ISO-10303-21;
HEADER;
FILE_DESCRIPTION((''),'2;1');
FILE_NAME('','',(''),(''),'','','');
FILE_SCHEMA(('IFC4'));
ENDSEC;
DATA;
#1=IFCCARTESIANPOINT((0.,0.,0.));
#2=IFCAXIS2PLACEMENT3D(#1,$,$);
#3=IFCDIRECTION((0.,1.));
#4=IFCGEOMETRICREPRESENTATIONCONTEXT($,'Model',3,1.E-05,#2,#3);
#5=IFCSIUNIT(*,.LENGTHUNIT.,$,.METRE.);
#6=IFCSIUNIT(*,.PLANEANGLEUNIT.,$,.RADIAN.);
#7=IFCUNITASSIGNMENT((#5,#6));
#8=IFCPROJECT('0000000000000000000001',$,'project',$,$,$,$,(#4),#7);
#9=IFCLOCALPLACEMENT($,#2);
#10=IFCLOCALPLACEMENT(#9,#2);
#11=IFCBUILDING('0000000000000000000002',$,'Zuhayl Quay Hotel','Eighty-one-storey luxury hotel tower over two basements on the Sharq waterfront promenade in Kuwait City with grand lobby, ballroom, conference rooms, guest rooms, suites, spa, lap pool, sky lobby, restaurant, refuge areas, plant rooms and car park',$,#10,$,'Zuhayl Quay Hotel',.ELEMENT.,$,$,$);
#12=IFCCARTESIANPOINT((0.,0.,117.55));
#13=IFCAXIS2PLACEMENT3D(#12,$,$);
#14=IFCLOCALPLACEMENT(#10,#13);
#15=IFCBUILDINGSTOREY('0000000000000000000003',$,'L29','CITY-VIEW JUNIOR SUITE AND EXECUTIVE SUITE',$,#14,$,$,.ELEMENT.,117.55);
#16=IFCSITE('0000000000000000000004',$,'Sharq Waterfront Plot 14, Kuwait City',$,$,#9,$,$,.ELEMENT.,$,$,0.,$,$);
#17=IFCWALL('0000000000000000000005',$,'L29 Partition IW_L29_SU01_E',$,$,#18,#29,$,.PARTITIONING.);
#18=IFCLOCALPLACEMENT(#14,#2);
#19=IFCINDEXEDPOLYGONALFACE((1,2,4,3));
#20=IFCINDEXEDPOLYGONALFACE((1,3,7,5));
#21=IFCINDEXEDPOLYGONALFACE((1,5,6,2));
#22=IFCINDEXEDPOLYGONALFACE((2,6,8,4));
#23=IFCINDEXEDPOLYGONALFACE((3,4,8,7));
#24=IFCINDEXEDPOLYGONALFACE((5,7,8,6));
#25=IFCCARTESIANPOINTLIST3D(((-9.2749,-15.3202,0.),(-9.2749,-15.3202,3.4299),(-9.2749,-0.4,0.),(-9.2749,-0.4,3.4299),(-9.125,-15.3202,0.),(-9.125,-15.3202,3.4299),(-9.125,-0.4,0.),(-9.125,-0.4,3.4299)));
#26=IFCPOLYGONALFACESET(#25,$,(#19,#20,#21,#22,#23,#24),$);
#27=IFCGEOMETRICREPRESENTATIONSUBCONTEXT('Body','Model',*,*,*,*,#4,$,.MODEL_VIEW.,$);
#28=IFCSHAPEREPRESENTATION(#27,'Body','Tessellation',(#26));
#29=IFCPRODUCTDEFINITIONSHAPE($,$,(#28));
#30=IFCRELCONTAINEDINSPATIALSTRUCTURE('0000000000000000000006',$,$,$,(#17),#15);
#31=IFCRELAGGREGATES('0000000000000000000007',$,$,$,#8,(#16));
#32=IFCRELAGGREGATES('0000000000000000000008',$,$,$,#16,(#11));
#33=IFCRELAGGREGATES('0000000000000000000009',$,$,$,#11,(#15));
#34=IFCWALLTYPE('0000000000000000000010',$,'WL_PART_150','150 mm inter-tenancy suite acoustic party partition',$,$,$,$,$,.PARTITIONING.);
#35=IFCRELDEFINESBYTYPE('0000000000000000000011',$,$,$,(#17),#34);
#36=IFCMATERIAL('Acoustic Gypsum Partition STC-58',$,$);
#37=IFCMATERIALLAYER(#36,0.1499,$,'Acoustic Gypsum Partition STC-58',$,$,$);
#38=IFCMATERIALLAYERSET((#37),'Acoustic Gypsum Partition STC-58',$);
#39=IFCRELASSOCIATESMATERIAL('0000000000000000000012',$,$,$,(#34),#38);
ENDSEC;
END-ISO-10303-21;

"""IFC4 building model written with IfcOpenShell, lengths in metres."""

from ifc_helpers import new_model, si_unit, direction, frame, frame_2d, origin, place, context, subcontext, project, spatial, rectangle, extrude, material, layer, layer_set, type_object, element, save


model = new_model("IFC4")

# Units and contexts
model_context = context("Model", 3, precision=1e-05, world=origin(), true_north=direction((0.0, 1.0)))
body_context = subcontext(model_context, "Body", "Model", "MODEL_VIEW")
ifc_project = project(units=[si_unit("LENGTHUNIT", "METRE"), si_unit("PLANEANGLEUNIT", "RADIAN")], contexts=[model_context])

# Site, building, storey
site_placement = place(None, origin())
site = spatial("IfcSite", under=ifc_project, at=site_placement, Name="Sharq Waterfront Plot 14, Kuwait City", CompositionType="ELEMENT", RefElevation=0.0)
building_placement = place(site_placement, origin())
building = spatial("IfcBuilding", under=site, at=building_placement, Name="Zuhayl Quay Hotel", Description="Eighty-one-storey luxury hotel tower over two basements on the Sharq waterfront promenade in Kuwait City with grand lobby, ballroom, conference rooms, guest rooms, suites, spa, lap pool, sky lobby, restaurant, refuge areas, plant rooms and car park", LongName="Zuhayl Quay Hotel", CompositionType="ELEMENT")
storey_placement = place(building_placement, frame((0.0, 0.0, 117.55)))
storey = spatial("IfcBuildingStorey", under=building, at=storey_placement, Name="L29", Description="CITY-VIEW JUNIOR SUITE AND EXECUTIVE SUITE", CompositionType="ELEMENT", Elevation=117.55)

# Wall
ifc_material_1 = material(Name="Acoustic Gypsum Partition STC-58")
ifc_layer_1 = layer(ifc_material_1, 0.1499, Name="Acoustic Gypsum Partition STC-58")
ifc_layer_set_1 = layer_set([ifc_layer_1], Name="Acoustic Gypsum Partition STC-58")
wall_type_1 = type_object("IfcWallType", Name="WL_PART_150", Description="150 mm inter-tenancy suite acoustic party partition", PredefinedType="PARTITIONING", material=ifc_layer_set_1)
wall_1_placement = place(storey_placement, frame((-9.2, -15.3201, 0.0), z_axis=(0.0, 0.0, 1.0), x_axis=(0.0, 1.0, 0.0)))
element("IfcWall", 1, at=wall_1_placement, inside=storey, type_object=wall_type_1, Name="L29 Partition IW_L29_SU01_E", PredefinedType="PARTITIONING", context=body_context, shape_type="SweptSolid", body=[
    extrude(rectangle(XDim=14.9202, YDim=0.1499, at=frame_2d((7.46, 0.0))), origin(), (0.0, 0.0, 1.0), 3.4299),
])

save(model, "model.ifc")
